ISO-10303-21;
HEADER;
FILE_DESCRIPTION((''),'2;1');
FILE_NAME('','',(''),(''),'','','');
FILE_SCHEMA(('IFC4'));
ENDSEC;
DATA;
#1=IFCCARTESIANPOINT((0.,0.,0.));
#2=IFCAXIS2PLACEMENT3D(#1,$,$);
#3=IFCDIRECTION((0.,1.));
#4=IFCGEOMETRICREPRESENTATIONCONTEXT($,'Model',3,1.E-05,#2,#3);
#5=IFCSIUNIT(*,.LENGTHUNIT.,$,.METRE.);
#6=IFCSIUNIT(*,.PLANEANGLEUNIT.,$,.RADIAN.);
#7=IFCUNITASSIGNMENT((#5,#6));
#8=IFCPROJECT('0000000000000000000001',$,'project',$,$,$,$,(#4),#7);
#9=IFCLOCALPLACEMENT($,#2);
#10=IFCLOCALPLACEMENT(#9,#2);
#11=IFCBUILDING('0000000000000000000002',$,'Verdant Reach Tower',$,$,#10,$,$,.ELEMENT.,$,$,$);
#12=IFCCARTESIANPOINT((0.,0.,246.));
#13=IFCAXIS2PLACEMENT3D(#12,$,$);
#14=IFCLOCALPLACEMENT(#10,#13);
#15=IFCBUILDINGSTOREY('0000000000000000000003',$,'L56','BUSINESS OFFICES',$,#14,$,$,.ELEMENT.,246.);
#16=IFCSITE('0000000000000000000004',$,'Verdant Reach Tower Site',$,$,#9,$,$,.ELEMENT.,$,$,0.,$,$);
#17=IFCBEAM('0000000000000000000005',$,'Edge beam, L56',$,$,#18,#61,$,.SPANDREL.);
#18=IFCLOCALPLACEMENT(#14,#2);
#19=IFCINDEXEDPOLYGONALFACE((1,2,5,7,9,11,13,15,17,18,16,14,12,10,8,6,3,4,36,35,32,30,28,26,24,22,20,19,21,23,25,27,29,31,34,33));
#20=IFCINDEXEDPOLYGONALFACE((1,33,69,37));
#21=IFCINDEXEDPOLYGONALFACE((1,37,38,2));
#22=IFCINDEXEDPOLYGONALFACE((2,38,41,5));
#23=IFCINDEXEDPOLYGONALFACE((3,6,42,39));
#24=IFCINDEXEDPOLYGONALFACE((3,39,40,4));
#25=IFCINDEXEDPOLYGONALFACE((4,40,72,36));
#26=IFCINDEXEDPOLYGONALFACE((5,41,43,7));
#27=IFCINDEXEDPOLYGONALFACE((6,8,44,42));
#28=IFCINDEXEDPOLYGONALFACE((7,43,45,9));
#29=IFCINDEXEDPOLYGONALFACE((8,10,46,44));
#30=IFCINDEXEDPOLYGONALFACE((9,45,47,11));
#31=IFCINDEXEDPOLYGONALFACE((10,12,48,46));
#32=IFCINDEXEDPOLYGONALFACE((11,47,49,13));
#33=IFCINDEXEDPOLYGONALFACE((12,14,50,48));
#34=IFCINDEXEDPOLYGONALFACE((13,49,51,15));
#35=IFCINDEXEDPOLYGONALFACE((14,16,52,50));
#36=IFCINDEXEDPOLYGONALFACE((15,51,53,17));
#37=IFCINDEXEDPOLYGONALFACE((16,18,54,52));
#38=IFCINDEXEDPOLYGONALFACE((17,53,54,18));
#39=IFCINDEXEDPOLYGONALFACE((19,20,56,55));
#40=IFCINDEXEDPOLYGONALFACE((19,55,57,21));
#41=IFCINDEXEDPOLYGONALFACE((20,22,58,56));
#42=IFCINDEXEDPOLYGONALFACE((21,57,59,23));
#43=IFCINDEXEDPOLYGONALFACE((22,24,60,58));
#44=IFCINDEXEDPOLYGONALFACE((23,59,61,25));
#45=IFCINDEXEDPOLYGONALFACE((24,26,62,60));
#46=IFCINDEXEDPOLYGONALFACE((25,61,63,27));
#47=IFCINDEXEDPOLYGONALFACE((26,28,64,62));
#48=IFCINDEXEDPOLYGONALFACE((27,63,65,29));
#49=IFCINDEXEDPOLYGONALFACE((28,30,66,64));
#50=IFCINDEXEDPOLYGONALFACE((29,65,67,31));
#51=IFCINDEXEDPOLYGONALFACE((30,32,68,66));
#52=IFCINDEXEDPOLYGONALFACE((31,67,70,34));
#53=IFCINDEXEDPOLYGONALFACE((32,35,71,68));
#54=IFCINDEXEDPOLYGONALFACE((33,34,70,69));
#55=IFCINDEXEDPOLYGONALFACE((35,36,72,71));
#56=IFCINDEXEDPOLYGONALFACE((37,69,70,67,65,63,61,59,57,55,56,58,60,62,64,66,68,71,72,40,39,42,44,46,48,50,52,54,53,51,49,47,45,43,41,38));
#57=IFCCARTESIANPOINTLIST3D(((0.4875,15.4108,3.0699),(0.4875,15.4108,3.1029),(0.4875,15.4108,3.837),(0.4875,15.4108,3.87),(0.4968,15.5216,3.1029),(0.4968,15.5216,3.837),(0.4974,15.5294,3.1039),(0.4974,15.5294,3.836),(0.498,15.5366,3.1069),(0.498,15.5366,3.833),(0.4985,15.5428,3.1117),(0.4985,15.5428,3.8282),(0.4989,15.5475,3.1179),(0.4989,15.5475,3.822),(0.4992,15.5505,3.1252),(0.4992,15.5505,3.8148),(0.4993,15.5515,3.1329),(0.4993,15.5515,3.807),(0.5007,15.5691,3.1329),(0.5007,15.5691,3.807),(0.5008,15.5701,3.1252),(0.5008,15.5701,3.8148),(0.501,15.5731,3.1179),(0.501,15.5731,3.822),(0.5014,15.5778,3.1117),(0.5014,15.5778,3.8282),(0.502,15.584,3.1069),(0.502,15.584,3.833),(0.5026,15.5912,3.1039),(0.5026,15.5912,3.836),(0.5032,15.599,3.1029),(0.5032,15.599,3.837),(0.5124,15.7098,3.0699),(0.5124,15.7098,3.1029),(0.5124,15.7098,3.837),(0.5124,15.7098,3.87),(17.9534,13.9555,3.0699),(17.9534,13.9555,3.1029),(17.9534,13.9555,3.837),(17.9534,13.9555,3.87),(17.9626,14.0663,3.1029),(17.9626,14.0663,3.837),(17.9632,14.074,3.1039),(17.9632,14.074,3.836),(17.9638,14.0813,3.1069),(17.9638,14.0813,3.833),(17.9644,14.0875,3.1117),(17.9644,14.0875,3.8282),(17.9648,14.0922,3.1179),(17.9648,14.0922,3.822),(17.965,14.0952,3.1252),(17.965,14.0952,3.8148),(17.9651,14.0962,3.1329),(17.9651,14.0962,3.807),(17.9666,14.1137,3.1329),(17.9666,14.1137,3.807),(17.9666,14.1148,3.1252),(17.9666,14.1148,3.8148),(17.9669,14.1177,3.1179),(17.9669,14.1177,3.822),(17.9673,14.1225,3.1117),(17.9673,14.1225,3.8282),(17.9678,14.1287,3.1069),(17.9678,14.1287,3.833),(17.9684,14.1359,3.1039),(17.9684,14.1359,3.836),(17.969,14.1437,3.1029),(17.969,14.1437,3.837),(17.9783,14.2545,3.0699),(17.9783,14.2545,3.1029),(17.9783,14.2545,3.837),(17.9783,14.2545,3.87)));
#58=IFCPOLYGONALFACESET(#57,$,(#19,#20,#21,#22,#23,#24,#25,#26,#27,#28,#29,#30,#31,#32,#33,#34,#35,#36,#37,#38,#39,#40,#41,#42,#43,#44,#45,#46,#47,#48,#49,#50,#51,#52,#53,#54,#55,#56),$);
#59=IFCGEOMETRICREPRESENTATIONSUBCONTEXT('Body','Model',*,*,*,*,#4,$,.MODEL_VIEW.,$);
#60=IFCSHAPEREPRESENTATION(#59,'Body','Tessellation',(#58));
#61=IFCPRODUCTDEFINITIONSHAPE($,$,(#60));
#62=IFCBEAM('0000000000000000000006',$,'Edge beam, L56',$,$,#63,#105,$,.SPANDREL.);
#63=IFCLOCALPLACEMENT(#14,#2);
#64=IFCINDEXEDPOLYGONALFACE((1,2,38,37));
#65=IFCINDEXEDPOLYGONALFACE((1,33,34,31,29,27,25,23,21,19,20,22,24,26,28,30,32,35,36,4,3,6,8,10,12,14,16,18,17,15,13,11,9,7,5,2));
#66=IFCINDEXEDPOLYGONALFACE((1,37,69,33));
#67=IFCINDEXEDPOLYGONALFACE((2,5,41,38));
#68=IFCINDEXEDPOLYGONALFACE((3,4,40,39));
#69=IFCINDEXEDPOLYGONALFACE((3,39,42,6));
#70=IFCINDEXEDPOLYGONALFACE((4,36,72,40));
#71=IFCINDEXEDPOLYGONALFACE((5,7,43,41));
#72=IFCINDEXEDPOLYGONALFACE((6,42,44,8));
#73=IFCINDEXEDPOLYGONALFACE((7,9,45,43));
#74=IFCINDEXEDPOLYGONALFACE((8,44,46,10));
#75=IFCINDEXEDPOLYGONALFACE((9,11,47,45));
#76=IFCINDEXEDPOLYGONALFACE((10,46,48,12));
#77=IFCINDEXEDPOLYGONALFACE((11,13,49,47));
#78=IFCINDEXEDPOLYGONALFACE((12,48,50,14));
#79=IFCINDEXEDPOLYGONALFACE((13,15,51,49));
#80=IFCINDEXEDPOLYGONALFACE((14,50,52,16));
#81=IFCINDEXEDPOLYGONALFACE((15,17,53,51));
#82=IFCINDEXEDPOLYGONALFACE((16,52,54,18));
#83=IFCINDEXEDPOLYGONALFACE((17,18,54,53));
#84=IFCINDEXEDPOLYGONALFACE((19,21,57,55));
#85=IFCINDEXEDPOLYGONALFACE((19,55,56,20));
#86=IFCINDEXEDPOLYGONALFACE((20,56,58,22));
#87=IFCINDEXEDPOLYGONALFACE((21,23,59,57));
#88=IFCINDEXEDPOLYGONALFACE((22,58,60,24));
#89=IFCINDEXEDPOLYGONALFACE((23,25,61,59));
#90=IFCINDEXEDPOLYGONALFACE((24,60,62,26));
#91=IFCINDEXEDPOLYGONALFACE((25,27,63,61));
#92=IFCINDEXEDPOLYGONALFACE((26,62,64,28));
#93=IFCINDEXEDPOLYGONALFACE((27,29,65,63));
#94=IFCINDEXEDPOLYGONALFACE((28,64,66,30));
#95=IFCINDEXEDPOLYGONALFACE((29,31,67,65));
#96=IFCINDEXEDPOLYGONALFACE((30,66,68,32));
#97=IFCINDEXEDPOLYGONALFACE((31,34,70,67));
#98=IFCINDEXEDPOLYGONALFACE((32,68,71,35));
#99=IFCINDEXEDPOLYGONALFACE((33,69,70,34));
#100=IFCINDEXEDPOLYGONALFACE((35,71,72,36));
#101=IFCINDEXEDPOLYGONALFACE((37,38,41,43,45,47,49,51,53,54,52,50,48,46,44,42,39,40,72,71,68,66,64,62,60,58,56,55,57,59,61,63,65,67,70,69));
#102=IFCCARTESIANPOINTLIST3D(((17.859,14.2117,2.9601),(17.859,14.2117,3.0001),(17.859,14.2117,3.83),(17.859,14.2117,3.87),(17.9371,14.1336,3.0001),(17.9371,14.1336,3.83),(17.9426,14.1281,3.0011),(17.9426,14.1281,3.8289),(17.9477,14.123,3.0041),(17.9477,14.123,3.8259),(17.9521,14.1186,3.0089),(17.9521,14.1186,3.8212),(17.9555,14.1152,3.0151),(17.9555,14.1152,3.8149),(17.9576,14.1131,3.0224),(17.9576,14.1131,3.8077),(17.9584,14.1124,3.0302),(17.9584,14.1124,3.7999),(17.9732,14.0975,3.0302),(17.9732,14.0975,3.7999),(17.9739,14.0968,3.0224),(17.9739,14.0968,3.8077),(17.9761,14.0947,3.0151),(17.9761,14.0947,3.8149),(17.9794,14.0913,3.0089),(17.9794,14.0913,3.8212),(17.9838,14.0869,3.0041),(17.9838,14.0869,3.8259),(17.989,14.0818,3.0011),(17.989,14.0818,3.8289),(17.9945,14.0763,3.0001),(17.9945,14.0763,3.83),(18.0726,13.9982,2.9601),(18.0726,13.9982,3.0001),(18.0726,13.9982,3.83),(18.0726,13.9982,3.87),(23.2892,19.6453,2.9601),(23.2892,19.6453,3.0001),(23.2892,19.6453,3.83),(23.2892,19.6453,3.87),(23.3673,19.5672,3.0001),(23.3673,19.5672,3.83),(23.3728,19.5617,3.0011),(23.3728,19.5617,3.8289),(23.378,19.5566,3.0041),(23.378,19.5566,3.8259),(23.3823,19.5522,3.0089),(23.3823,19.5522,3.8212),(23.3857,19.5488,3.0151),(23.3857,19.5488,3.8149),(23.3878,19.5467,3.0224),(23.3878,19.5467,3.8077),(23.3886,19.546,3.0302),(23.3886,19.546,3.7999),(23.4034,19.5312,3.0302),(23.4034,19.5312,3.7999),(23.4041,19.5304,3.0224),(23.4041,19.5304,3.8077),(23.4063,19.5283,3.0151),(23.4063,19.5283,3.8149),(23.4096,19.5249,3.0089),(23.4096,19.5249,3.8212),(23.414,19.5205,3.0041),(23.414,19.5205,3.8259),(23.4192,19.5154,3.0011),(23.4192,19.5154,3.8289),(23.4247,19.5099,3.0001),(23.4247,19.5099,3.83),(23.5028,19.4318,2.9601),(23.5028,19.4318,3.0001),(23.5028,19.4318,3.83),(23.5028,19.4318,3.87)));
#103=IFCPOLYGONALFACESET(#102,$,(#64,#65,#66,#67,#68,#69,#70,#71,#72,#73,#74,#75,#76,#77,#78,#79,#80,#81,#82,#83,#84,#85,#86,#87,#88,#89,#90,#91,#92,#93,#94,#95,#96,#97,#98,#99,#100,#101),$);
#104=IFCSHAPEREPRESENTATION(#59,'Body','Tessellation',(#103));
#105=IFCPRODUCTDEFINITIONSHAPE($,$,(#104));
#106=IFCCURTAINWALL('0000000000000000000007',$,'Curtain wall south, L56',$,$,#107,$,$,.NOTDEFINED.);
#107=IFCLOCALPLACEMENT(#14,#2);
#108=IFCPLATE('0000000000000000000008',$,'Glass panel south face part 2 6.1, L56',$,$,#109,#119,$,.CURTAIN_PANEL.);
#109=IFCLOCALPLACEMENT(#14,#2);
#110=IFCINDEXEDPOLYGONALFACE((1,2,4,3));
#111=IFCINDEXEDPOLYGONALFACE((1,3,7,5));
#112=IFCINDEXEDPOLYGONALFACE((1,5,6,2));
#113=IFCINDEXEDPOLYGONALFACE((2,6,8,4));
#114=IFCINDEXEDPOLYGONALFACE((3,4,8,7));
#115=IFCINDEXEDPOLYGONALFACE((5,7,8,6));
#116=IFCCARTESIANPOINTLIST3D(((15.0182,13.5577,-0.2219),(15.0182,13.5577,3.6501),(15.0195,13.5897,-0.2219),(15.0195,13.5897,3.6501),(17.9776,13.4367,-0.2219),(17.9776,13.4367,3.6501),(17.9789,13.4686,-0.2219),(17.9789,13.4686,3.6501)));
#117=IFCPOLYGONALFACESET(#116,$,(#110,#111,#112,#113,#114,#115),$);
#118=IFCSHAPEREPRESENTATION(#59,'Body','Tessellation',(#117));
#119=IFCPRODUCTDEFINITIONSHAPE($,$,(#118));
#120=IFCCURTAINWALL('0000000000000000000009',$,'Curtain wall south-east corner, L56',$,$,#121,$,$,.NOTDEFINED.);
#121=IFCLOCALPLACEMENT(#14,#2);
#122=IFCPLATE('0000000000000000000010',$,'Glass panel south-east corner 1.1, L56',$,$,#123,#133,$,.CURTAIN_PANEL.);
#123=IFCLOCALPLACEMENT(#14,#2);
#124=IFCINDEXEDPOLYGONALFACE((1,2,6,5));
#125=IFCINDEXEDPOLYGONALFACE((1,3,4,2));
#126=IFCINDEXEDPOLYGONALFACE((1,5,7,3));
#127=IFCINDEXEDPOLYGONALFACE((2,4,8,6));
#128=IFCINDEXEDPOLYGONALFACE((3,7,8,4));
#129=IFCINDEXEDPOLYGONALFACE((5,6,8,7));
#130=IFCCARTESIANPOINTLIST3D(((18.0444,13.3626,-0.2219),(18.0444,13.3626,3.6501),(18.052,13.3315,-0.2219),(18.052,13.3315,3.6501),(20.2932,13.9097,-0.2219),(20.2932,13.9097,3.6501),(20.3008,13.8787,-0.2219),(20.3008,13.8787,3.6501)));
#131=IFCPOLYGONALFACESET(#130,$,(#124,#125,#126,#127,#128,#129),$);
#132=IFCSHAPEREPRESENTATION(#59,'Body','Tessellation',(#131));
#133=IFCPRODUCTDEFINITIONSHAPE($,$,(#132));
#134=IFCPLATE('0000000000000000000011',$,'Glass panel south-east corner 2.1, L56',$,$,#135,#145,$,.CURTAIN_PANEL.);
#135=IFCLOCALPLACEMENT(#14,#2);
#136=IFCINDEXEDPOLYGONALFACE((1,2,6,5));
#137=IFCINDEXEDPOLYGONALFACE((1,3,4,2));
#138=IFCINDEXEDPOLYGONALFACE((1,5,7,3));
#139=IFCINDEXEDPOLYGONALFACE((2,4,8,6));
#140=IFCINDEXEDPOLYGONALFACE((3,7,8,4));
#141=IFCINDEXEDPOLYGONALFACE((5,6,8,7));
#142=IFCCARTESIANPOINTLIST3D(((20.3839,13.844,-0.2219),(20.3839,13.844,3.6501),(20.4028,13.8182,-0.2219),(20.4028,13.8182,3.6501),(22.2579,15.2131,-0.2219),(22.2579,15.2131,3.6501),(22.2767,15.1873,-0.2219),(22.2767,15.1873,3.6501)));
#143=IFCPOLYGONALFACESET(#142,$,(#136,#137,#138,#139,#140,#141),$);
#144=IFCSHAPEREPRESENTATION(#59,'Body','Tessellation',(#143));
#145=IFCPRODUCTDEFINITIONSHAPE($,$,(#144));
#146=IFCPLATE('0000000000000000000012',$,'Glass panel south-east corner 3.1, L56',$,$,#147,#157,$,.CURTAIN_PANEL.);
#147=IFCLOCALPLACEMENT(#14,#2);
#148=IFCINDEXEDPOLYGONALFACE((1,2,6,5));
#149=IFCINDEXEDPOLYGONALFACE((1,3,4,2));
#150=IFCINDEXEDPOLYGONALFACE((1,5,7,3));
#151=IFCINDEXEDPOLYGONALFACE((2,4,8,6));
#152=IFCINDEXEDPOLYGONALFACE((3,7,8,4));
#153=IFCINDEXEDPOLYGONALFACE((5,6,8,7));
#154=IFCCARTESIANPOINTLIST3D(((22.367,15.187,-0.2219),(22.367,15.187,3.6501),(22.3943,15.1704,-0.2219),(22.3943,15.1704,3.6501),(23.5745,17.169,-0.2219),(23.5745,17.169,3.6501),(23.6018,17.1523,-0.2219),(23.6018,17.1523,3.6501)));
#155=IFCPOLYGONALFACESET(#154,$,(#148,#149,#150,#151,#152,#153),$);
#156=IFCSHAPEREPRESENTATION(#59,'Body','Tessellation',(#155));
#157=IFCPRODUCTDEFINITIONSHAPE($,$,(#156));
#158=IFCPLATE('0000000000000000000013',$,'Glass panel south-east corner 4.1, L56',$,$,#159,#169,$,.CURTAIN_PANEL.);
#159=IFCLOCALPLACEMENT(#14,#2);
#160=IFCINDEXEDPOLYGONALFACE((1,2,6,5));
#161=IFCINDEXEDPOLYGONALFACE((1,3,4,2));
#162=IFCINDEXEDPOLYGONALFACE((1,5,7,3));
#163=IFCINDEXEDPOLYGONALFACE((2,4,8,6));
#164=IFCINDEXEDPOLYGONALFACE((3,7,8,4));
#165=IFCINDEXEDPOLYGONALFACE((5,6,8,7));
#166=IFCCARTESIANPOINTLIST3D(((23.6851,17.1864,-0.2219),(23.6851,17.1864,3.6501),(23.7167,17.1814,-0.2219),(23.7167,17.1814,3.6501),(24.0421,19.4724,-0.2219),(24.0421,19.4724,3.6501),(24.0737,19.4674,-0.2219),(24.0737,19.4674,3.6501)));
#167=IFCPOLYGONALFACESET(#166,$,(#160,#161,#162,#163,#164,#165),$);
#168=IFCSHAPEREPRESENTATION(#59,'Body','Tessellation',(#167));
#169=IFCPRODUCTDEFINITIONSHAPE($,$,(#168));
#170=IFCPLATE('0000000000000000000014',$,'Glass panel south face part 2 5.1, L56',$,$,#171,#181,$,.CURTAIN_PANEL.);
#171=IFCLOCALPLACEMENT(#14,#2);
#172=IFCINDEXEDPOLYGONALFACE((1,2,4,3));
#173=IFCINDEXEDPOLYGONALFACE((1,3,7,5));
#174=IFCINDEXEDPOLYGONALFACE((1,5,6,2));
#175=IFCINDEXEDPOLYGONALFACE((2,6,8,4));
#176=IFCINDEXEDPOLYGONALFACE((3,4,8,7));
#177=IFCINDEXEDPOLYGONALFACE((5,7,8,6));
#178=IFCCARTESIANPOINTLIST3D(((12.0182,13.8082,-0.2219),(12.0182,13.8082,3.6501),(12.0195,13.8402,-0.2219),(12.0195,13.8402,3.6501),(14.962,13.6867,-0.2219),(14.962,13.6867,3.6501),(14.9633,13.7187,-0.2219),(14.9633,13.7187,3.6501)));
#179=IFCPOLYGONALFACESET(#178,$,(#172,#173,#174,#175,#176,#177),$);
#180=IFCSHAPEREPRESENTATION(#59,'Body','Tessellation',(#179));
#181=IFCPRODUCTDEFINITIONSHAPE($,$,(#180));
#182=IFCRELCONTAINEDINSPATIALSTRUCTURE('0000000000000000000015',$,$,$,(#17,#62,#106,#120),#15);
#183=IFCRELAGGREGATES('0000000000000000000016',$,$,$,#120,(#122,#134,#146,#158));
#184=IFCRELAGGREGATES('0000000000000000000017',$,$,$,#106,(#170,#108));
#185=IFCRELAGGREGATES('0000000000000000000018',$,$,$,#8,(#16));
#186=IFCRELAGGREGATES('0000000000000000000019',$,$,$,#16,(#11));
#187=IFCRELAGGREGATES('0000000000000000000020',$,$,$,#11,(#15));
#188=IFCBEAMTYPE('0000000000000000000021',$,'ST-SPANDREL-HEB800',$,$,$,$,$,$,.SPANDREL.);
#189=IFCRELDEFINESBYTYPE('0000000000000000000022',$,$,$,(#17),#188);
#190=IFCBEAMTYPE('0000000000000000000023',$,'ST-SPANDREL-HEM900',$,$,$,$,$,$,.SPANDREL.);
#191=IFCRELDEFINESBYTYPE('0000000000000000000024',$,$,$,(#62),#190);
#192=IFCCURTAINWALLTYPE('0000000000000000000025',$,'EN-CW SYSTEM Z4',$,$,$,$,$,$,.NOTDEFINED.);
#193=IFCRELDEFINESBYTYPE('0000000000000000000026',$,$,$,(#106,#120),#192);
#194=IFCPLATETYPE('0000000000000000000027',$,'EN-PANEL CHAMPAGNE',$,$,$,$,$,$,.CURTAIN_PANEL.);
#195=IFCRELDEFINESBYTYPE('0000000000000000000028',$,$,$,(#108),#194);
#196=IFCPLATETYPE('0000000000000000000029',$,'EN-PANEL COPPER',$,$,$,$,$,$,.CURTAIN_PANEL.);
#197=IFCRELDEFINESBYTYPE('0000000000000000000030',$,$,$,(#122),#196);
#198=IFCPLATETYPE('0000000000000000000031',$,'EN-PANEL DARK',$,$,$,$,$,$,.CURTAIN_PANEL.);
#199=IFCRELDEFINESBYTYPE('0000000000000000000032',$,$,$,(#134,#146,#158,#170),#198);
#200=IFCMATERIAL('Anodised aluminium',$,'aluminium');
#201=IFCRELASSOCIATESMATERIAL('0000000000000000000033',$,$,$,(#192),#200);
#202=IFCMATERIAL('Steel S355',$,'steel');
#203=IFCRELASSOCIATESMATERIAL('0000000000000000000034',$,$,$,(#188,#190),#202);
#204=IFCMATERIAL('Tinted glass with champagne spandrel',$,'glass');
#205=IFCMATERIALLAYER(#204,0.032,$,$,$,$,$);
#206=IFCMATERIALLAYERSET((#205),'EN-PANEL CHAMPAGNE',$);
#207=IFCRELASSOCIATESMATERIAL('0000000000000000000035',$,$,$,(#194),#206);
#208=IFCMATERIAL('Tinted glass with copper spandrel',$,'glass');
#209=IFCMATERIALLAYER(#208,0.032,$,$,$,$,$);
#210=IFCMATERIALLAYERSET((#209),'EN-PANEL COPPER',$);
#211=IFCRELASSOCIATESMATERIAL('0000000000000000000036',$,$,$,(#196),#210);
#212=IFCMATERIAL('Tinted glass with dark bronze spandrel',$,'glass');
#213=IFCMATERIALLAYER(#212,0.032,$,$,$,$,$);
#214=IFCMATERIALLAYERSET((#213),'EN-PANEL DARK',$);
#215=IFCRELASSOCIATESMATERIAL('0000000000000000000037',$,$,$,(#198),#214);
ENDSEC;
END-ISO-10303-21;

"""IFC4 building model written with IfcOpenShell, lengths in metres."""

from ifc_helpers import new_model, si_unit, direction, frame, origin, origin_2d, place, context, subcontext, project, spatial, rectangle, i_section, extrude, material, layer, layer_set, material_profile, profile_set, type_object, element, aggregate, save


model = new_model("IFC4")

# Units and contexts
model_context = context("Model", 3, precision=1e-05, world=origin(), true_north=direction((0.0, 1.0)))
body_context = subcontext(model_context, "Body", "Model", "MODEL_VIEW")
ifc_project = project(units=[si_unit("LENGTHUNIT", "METRE"), si_unit("PLANEANGLEUNIT", "RADIAN")], contexts=[model_context])

# Site, building, storey
site_placement = place(None, origin())
site = spatial("IfcSite", under=ifc_project, at=site_placement, Name="Verdant Reach Tower Site", CompositionType="ELEMENT", RefElevation=0.0)
building_placement = place(site_placement, origin())
building = spatial("IfcBuilding", under=site, at=building_placement, Name="Verdant Reach Tower", CompositionType="ELEMENT")
storey_placement = place(building_placement, frame((0.0, 0.0, 246.0)))
storey = spatial("IfcBuildingStorey", under=building, at=storey_placement, Name="L56", Description="BUSINESS OFFICES", CompositionType="ELEMENT", Elevation=246.0)

# Shared definitions
ifc_material_1 = material(Name="Anodised aluminium", Category="aluminium")
curtain_wall_type = type_object("IfcCurtainWallType", Name="EN-CW SYSTEM Z4", PredefinedType="NOTDEFINED", material=ifc_material_1)

# Beams
ifc_material_2 = material(Name="Steel S355", Category="steel")
ifc_material_profile_1 = material_profile(ifc_material_2, i_section(OverallWidth=0.3, OverallDepth=0.8, WebThickness=0.0176, FlangeThickness=0.033, FilletRadius=0.03, at=origin_2d()), Name="HEB 800")
ifc_profile_set_1 = profile_set([ifc_material_profile_1], Name="Steel S355")
beam_type_1 = type_object("IfcBeamType", Name="ST-SPANDREL-HEB800", PredefinedType="SPANDREL", material=ifc_profile_set_1)
beam_1_placement = place(storey_placement, frame((17.9658, 14.105, 3.47), z_axis=(-0.996547, 0.083036, 0.0), x_axis=(-0.083036, -0.996547, 0.0)))
element("IfcBeam", 1, at=beam_1_placement, inside=storey, type_object=beam_type_1, Name="Edge beam, L56", PredefinedType="SPANDREL", context=body_context, shape_type="SweptSolid", body=[
    extrude(i_section(OverallWidth=0.3, OverallDepth=0.8, WebThickness=0.0176, FlangeThickness=0.033, FilletRadius=0.03, at=origin_2d()), origin(), (0.0, 0.0, 1.0), 17.5264),
])
ifc_material_profile_2 = material_profile(ifc_material_2, i_section(OverallWidth=0.302, OverallDepth=0.9099, WebThickness=0.021, FlangeThickness=0.04, FilletRadius=0.03, at=origin_2d()), Name="HEM 900")
ifc_profile_set_2 = profile_set([ifc_material_profile_2], Name="Steel S355")
beam_type_2 = type_object("IfcBeamType", Name="ST-SPANDREL-HEM900", PredefinedType="SPANDREL", material=ifc_profile_set_2)
beam_2_placement = place(storey_placement, frame((23.396, 19.5386, 3.415), z_axis=(-0.706884, -0.707329, 0.0), x_axis=(0.707329, -0.706884, 0.0)))
element("IfcBeam", 2, at=beam_2_placement, inside=storey, type_object=beam_type_2, Name="Edge beam, L56", PredefinedType="SPANDREL", context=body_context, shape_type="SweptSolid", body=[
    extrude(i_section(OverallWidth=0.302, OverallDepth=0.9099, WebThickness=0.021, FlangeThickness=0.04, FilletRadius=0.03, at=origin_2d()), origin(), (0.0, 0.0, 1.0), 7.6819),
])

# Curtain wall, plate
curtain_wall_1_placement = place(storey_placement, origin())
curtain_wall_1 = element("IfcCurtainWall", 3, at=curtain_wall_1_placement, inside=storey, type_object=curtain_wall_type, Name="Curtain wall south, L56", PredefinedType="NOTDEFINED")
ifc_material_3 = material(Name="Tinted glass with champagne spandrel", Category="glass")
ifc_layer_1 = layer(ifc_material_3, 0.032)
ifc_layer_set_1 = layer_set([ifc_layer_1], Name="EN-PANEL CHAMPAGNE")
plate_type_1 = type_object("IfcPlateType", Name="EN-PANEL CHAMPAGNE", PredefinedType="CURTAIN_PANEL", material=ifc_layer_set_1)
plate_1_placement = place(storey_placement, frame((16.4985, 13.5132, -0.2219), z_axis=(0.0, 0.0, 1.0), x_axis=(0.999164, -0.040881, 0.0)))
plate_1 = element("IfcPlate", 4, at=plate_1_placement, type_object=plate_type_1, Name="Glass panel south face part 2 6.1, L56", PredefinedType="CURTAIN_PANEL", context=body_context, shape_type="SweptSolid", body=[
    extrude(rectangle(XDim=2.9619, YDim=0.032, at=origin_2d()), origin(), (0.0, 0.0, 1.0), 3.8721),
])

# Curtain wall, plates
curtain_wall_2_placement = place(storey_placement, origin())
curtain_wall_2 = element("IfcCurtainWall", 5, at=curtain_wall_2_placement, inside=storey, type_object=curtain_wall_type, Name="Curtain wall south-east corner, L56", PredefinedType="NOTDEFINED")
ifc_material_4 = material(Name="Tinted glass with copper spandrel", Category="glass")
ifc_layer_2 = layer(ifc_material_4, 0.032)
ifc_layer_set_2 = layer_set([ifc_layer_2], Name="EN-PANEL COPPER")
plate_type_2 = type_object("IfcPlateType", Name="EN-PANEL COPPER", PredefinedType="CURTAIN_PANEL", material=ifc_layer_set_2)
plate_2_placement = place(storey_placement, frame((19.1726, 13.6206, -0.2219), z_axis=(0.0, 0.0, 1.0), x_axis=(0.971652, 0.236414, 0.0)))
plate_2 = element("IfcPlate", 6, at=plate_2_placement, type_object=plate_type_2, Name="Glass panel south-east corner 1.1, L56", PredefinedType="CURTAIN_PANEL", context=body_context, shape_type="SweptSolid", body=[
    extrude(rectangle(XDim=2.3145, YDim=0.032, at=origin_2d()), origin(), (0.0, 0.0, 1.0), 3.8721),
])
ifc_material_5 = material(Name="Tinted glass with dark bronze spandrel", Category="glass")
ifc_layer_3 = layer(ifc_material_5, 0.032)
ifc_layer_set_3 = layer_set([ifc_layer_3], Name="EN-PANEL DARK")
plate_type_3 = type_object("IfcPlateType", Name="EN-PANEL DARK", PredefinedType="CURTAIN_PANEL", material=ifc_layer_set_3)
plate_3_placement = place(storey_placement, frame((21.3303, 14.5156, -0.2219), z_axis=(0.0, 0.0, 1.0), x_axis=(0.807457, 0.589927, 0.0)))
plate_3 = element("IfcPlate", 7, at=plate_3_placement, type_object=plate_type_3, Name="Glass panel south-east corner 2.1, L56", PredefinedType="CURTAIN_PANEL", context=body_context, shape_type="SweptSolid", body=[
    extrude(rectangle(XDim=2.3208, YDim=0.032, at=origin_2d()), origin(), (0.0, 0.0, 1.0), 3.8721),
])
plate_4_placement = place(storey_placement, frame((22.9844, 16.1697, -0.2219), z_axis=(0.0, 0.0, 1.0), x_axis=(0.520292, 0.853989, 0.0)))
plate_4 = element("IfcPlate", 8, at=plate_4_placement, type_object=plate_type_3, Name="Glass panel south-east corner 3.1, L56", PredefinedType="CURTAIN_PANEL", context=body_context, shape_type="SweptSolid", body=[
    extrude(rectangle(XDim=2.3208, YDim=0.032, at=origin_2d()), origin(), (0.0, 0.0, 1.0), 3.8721),
])
plate_5_placement = place(storey_placement, frame((23.8794, 18.3269, -0.2219), z_axis=(0.0, 0.0, 1.0), x_axis=(0.154325, 0.98802, 0.0)))
plate_5 = element("IfcPlate", 9, at=plate_5_placement, type_object=plate_type_3, Name="Glass panel south-east corner 4.1, L56", PredefinedType="CURTAIN_PANEL", context=body_context, shape_type="SweptSolid", body=[
    extrude(rectangle(XDim=2.3137, YDim=0.032, at=origin_2d()), origin(), (0.0, 0.0, 1.0), 3.8721),
])
aggregate(curtain_wall_2, [plate_2, plate_3, plate_4, plate_5])

# Plate
plate_6_placement = place(storey_placement, frame((13.4907, 13.7634, -0.2219), z_axis=(0.0, 0.0, 1.0), x_axis=(0.999149, -0.041242, 0.0)))
plate_6 = element("IfcPlate", 10, at=plate_6_placement, type_object=plate_type_3, Name="Glass panel south face part 2 5.1, L56", PredefinedType="CURTAIN_PANEL", context=body_context, shape_type="SweptSolid", body=[
    extrude(rectangle(XDim=2.9463, YDim=0.032, at=origin_2d()), origin(), (0.0, 0.0, 1.0), 3.8721),
])
aggregate(curtain_wall_1, [plate_6, plate_1])

save(model, "model.ifc")
